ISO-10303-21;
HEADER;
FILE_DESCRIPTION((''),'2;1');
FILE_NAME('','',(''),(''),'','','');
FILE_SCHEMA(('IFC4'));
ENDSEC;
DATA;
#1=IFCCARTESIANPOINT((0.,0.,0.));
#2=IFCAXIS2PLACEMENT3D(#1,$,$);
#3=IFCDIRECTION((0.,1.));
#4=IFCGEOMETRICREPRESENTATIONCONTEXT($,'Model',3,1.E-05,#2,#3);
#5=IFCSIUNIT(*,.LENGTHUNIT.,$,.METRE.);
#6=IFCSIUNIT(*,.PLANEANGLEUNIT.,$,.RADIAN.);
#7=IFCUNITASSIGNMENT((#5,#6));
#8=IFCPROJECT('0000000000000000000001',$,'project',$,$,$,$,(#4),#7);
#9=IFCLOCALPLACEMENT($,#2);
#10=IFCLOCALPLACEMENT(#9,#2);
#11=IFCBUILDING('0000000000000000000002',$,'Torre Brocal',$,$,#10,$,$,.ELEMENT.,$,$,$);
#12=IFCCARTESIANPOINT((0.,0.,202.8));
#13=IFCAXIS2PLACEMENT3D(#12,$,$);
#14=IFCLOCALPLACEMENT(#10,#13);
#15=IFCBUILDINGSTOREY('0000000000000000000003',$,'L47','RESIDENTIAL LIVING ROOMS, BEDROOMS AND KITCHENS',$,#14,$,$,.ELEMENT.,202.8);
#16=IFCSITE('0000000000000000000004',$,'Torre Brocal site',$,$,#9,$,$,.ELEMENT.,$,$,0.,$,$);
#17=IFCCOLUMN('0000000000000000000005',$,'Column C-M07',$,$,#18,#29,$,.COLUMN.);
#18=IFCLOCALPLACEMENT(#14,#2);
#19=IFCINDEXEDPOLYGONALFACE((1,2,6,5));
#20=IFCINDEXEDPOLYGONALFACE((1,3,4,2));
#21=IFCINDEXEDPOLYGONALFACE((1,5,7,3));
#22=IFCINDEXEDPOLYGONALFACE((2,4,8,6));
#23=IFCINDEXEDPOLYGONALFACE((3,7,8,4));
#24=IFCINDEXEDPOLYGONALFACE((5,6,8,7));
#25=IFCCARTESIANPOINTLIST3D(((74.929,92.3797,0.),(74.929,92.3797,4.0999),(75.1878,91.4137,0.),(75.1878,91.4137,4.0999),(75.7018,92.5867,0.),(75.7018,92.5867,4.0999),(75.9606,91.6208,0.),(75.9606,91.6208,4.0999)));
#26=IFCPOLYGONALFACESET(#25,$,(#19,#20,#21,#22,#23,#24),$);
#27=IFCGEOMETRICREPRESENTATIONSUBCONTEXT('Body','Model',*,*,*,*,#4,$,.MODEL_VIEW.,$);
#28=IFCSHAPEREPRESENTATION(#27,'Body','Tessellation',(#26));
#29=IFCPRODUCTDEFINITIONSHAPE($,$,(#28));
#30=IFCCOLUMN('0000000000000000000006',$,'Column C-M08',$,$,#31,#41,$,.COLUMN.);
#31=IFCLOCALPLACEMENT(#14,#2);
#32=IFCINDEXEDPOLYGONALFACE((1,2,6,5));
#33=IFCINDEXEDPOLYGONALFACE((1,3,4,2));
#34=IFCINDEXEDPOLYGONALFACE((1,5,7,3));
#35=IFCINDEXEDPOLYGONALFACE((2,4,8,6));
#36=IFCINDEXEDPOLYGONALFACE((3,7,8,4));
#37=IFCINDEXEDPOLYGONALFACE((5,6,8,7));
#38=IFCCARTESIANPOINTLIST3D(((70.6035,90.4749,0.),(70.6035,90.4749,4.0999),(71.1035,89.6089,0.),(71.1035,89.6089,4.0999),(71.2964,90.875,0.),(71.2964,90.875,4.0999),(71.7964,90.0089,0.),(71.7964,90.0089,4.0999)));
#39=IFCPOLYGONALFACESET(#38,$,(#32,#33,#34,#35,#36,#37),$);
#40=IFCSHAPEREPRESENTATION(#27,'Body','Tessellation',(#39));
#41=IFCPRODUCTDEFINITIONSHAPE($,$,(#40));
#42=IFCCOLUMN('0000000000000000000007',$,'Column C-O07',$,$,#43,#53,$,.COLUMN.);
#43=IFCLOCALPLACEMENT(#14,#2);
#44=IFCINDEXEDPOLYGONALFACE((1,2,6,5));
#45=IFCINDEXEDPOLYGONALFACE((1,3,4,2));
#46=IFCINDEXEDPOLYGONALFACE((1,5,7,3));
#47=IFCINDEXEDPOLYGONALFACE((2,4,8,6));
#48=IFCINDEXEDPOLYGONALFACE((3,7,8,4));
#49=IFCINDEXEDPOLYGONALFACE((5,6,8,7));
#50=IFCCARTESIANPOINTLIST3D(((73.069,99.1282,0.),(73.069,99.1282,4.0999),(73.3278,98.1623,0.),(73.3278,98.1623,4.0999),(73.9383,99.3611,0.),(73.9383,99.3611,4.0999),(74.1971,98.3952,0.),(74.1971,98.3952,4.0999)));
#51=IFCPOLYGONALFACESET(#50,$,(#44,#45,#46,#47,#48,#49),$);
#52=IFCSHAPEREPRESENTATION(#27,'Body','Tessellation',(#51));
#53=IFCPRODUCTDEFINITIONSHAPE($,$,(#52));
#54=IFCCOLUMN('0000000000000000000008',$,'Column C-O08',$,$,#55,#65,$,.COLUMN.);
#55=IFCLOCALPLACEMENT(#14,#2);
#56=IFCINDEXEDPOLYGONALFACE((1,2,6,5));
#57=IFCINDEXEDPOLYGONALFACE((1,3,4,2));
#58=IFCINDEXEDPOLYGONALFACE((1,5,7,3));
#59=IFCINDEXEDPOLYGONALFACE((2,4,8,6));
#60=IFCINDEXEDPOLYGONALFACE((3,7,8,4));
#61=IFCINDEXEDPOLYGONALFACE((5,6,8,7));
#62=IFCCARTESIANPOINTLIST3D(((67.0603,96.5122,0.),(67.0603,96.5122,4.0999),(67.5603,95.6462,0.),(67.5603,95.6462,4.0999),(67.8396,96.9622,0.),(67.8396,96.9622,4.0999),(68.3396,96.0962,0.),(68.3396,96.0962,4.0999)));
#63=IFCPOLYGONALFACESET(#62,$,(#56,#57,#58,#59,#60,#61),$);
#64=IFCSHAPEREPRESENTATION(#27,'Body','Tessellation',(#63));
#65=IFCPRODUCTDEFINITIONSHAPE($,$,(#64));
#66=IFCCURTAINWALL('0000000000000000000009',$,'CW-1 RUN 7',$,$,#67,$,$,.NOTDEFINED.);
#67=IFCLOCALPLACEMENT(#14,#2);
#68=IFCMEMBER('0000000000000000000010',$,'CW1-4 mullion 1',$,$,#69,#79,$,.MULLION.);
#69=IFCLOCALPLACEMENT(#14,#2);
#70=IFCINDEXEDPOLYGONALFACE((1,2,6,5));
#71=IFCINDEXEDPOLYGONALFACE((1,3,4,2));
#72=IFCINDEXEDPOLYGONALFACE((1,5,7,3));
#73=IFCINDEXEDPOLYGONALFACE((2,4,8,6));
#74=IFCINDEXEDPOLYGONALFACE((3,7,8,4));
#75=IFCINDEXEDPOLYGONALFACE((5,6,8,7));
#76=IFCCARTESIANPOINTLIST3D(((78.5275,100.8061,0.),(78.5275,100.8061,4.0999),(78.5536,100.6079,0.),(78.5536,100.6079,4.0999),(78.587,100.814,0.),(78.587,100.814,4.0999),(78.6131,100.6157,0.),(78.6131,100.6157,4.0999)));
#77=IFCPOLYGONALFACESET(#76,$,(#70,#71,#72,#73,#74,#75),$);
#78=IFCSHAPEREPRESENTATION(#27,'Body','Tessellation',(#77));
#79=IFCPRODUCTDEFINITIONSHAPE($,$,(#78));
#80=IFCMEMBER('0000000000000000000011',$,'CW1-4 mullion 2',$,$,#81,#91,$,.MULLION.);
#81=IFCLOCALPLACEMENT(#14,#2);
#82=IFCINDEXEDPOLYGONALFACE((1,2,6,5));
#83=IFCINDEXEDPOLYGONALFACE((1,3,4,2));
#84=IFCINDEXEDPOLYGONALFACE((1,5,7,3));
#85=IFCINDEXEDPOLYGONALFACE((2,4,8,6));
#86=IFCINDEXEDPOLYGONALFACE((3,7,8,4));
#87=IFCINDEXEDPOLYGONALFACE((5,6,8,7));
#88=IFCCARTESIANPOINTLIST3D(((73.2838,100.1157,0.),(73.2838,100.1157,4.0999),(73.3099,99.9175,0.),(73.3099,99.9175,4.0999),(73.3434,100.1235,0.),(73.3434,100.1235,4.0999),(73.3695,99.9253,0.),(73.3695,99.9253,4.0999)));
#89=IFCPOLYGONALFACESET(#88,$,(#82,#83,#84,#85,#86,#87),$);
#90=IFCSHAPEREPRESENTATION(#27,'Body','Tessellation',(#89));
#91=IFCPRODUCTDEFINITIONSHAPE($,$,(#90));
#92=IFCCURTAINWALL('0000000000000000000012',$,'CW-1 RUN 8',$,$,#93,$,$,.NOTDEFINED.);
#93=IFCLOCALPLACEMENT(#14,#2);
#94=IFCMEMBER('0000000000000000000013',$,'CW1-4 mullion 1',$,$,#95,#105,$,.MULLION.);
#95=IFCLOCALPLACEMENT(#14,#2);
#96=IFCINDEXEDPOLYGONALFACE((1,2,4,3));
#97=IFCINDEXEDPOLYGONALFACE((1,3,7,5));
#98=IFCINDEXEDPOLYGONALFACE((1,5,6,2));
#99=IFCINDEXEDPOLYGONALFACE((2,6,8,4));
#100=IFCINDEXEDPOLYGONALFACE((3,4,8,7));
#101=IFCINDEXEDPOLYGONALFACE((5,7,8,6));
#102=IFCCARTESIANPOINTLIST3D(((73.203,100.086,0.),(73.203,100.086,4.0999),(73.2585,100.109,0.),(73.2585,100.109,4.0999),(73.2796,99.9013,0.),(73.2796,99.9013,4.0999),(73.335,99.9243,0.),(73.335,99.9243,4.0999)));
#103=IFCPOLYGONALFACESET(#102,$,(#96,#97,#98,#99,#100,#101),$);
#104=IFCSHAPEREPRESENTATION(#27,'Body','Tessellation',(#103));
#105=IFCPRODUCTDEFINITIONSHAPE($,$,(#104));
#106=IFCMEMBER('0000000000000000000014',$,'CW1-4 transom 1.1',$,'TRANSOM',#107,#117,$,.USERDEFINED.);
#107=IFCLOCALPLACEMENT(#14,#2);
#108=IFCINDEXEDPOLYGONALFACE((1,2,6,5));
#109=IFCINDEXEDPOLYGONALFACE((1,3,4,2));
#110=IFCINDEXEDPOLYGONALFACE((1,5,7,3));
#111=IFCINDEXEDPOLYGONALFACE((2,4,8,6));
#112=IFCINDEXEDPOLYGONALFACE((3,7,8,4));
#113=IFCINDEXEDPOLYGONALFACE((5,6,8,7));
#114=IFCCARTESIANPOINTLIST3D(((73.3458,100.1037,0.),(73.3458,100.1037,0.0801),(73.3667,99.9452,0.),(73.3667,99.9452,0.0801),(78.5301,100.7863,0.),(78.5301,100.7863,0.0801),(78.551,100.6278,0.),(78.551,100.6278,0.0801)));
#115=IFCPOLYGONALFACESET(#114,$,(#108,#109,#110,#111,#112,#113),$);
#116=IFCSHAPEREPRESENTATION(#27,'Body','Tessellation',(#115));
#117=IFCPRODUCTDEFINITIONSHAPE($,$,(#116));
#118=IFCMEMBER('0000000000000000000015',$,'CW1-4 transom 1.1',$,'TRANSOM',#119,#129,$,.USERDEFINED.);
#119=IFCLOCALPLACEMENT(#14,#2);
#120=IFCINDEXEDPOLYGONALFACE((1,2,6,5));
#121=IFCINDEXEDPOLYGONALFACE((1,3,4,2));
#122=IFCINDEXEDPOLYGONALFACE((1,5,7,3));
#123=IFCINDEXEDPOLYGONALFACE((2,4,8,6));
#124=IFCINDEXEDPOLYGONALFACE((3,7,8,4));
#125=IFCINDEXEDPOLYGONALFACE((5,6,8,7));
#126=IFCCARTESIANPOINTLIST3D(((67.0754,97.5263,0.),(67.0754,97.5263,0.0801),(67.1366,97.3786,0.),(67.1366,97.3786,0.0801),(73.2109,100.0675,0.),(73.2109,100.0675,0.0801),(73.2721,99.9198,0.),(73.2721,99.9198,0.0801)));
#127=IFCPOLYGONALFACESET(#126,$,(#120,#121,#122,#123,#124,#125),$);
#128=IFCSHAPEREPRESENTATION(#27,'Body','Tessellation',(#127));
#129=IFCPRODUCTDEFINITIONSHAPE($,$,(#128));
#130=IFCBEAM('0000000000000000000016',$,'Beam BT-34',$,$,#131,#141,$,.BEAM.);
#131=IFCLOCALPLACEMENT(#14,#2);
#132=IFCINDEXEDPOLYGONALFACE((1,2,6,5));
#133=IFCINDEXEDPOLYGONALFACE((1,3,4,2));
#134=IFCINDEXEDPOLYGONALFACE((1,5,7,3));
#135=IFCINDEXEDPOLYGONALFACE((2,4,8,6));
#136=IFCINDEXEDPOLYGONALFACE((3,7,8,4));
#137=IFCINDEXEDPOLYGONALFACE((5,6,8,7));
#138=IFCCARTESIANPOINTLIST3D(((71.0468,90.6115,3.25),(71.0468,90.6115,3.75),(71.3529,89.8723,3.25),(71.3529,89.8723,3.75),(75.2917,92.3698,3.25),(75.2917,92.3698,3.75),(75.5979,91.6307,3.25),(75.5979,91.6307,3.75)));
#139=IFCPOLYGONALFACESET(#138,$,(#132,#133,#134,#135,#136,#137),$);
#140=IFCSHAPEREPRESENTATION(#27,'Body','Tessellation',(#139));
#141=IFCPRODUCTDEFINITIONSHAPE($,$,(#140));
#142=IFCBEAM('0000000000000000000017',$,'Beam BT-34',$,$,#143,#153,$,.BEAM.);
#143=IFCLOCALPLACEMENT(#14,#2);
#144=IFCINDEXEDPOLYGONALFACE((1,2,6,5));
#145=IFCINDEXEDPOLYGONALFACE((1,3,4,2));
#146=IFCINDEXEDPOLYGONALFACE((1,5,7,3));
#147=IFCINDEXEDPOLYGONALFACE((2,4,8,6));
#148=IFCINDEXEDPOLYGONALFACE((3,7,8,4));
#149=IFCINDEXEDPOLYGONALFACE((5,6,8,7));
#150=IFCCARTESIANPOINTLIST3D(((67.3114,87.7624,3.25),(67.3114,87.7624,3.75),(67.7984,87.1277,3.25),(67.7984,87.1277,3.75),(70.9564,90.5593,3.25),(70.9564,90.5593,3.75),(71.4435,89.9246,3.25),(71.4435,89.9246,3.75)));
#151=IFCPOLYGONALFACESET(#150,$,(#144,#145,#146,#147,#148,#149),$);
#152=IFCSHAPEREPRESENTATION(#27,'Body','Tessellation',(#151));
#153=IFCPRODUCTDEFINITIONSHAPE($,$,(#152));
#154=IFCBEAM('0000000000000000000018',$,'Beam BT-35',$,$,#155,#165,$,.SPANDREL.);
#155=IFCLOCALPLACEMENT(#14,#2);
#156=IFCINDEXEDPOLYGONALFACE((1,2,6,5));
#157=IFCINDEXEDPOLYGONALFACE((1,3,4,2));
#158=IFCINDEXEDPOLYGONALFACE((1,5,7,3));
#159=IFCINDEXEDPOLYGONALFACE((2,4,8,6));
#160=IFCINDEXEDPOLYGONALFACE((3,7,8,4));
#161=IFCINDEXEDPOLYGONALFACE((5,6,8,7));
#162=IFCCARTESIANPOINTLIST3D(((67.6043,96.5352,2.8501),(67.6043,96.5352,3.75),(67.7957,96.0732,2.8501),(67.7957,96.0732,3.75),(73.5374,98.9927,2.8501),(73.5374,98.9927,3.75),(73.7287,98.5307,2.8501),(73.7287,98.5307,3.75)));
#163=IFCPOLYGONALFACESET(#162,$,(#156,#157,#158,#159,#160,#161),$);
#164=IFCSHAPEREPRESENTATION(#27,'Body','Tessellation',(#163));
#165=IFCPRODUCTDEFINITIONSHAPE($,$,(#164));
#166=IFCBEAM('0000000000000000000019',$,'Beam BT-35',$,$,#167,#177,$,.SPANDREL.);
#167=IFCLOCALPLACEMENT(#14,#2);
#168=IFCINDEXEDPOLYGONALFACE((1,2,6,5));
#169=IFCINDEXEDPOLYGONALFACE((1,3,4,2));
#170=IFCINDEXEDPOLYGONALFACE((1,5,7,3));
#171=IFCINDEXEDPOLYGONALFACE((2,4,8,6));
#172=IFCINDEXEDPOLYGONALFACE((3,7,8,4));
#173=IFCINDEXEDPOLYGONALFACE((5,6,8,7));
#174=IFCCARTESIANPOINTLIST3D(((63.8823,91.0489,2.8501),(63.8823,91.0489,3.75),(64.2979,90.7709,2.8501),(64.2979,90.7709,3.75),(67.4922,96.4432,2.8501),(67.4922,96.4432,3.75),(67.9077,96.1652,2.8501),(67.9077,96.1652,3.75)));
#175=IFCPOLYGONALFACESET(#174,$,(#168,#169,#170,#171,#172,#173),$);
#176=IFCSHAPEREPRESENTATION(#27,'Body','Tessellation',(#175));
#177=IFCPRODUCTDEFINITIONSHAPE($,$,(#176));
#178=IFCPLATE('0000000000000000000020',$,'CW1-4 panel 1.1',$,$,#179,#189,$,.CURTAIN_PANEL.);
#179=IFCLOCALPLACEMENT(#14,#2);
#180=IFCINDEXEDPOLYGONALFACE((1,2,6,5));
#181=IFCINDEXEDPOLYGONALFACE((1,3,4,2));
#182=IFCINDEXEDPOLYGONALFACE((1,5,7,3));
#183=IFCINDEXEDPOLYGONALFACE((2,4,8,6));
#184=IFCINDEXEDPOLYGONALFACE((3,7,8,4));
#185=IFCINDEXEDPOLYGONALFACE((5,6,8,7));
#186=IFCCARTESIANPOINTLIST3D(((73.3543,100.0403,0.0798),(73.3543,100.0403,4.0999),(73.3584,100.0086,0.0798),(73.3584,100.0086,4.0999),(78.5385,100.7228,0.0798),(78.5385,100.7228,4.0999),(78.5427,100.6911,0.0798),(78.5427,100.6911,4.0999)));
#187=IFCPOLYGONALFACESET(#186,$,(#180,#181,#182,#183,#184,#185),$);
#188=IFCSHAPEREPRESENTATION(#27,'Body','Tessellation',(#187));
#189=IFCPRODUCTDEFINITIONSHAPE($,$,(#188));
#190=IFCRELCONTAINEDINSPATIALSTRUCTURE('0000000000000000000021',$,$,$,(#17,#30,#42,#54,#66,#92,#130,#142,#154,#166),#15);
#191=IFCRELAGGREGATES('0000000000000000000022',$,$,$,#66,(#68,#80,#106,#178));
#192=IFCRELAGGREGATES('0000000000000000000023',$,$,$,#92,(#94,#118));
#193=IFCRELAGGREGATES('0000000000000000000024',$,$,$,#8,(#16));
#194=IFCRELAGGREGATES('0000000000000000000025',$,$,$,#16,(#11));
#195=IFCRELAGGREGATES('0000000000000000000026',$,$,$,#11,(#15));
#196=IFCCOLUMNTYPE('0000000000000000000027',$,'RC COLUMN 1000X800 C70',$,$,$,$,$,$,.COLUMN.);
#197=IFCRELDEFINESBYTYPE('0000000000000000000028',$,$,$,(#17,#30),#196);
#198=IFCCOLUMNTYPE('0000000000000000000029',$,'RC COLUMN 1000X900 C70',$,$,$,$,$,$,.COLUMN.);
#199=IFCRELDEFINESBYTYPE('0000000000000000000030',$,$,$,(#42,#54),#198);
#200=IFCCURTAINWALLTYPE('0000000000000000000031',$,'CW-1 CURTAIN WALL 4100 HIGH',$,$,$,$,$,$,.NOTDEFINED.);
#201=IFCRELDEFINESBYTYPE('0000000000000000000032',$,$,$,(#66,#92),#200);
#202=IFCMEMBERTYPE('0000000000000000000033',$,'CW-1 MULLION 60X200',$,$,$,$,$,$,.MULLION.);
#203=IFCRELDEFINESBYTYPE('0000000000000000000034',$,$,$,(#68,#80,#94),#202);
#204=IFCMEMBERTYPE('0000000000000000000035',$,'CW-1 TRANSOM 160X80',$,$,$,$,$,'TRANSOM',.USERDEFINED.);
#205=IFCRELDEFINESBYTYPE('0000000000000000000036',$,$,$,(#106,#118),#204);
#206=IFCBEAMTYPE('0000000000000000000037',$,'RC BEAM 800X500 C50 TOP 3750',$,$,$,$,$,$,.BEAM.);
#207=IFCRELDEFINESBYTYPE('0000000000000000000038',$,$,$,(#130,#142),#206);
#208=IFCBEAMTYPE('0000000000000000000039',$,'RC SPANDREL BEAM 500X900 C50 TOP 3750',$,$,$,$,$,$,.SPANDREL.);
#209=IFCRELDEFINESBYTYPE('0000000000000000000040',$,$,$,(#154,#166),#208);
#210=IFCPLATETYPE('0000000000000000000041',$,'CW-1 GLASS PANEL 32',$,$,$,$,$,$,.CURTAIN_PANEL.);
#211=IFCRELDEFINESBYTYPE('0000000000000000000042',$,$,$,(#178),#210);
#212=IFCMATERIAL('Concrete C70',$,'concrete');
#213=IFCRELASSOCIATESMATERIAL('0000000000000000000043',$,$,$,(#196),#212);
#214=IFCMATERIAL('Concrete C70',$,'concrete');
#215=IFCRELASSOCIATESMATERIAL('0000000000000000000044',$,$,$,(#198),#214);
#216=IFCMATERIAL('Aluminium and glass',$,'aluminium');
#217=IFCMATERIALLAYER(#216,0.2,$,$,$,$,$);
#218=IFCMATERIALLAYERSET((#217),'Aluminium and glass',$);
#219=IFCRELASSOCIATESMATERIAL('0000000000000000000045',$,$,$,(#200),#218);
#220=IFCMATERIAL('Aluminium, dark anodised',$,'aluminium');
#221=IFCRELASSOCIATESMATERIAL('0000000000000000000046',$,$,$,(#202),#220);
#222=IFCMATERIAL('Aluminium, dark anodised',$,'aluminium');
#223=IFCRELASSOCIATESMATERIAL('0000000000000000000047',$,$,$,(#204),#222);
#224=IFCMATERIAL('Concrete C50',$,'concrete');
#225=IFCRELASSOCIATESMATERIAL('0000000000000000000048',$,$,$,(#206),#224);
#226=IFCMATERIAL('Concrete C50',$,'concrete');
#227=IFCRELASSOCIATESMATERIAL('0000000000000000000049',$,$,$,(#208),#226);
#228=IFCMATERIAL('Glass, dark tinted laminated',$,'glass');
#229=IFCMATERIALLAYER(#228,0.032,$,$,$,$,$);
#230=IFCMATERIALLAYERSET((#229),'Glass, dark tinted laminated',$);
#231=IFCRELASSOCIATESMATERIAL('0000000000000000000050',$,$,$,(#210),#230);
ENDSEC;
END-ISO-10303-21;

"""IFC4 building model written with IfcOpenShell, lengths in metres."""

from ifc_helpers import new_model, si_unit, direction, frame, origin, origin_2d, place, context, subcontext, project, spatial, rectangle, extrude, material, layer, layer_set, material_profile, profile_set, type_object, element, aggregate, save


model = new_model("IFC4")

# Units and contexts
model_context = context("Model", 3, precision=1e-05, world=origin(), true_north=direction((0.0, 1.0)))
body_context = subcontext(model_context, "Body", "Model", "MODEL_VIEW")
ifc_project = project(units=[si_unit("LENGTHUNIT", "METRE"), si_unit("PLANEANGLEUNIT", "RADIAN")], contexts=[model_context])

# Site, building, storey
site_placement = place(None, origin())
site = spatial("IfcSite", under=ifc_project, at=site_placement, Name="Torre Brocal site", CompositionType="ELEMENT", RefElevation=0.0)
building_placement = place(site_placement, origin())
building = spatial("IfcBuilding", under=site, at=building_placement, Name="Torre Brocal", CompositionType="ELEMENT")
storey_placement = place(building_placement, frame((0.0, 0.0, 202.8)))
storey = spatial("IfcBuildingStorey", under=building, at=storey_placement, Name="L47", Description="RESIDENTIAL LIVING ROOMS, BEDROOMS AND KITCHENS", CompositionType="ELEMENT", Elevation=202.8)

# Columns
ifc_material_1 = material(Name="Concrete C70", Category="concrete")
ifc_material_profile_1 = material_profile(ifc_material_1, rectangle(XDim=1.0, YDim=0.8, at=origin_2d()), Name="RC 1000X800")
ifc_profile_set_1 = profile_set([ifc_material_profile_1], Name="Concrete C70")
column_type_1 = type_object("IfcColumnType", Name="RC COLUMN 1000X800 C70", PredefinedType="COLUMN", material=ifc_profile_set_1)
for number, where, z_axis, x_axis, name in (
    (1, (75.4448, 92.0002, 0.0), (0.0, 0.0, 1.0), (-0.258819, 0.965926, 0.0), "Column C-M07"),
    (2, (71.2, 90.2419, 0.0), (0.0, 0.0, 1.0), (-0.5, 0.866025, 0.0), "Column C-M08"),
):
    element("IfcColumn", number, at=place(storey_placement, frame(where, z_axis=z_axis, x_axis=x_axis)), inside=storey, type_object=column_type_1, Name=name, PredefinedType="COLUMN", context=body_context, shape_type="SweptSolid", body=[
        extrude(rectangle(XDim=1.0, YDim=0.8, at=origin_2d()), origin(), (0.0, 0.0, 1.0), 4.0999),
    ])
ifc_material_2 = material(Name="Concrete C70", Category="concrete")
ifc_material_profile_2 = material_profile(ifc_material_2, rectangle(XDim=1.0, YDim=0.8999, at=origin_2d()), Name="RC 1000X900")
ifc_profile_set_2 = profile_set([ifc_material_profile_2], Name="Concrete C70")
column_type_2 = type_object("IfcColumnType", Name="RC COLUMN 1000X900 C70", PredefinedType="COLUMN", material=ifc_profile_set_2)
for number, where, z_axis, x_axis, name in (
    (3, (73.6331, 98.7617, 0.0), (0.0, 0.0, 1.0), (-0.258819, 0.965926, 0.0), "Column C-O07"),
    (4, (67.7, 96.3042, 0.0), (0.0, 0.0, 1.0), (-0.5, 0.866025, 0.0), "Column C-O08"),
):
    element("IfcColumn", number, at=place(storey_placement, frame(where, z_axis=z_axis, x_axis=x_axis)), inside=storey, type_object=column_type_2, Name=name, PredefinedType="COLUMN", context=body_context, shape_type="SweptSolid", body=[
        extrude(rectangle(XDim=1.0, YDim=0.8999, at=origin_2d()), origin(), (0.0, 0.0, 1.0), 4.0999),
    ])

# Curtain wall, members
ifc_material_3 = material(Name="Aluminium and glass", Category="aluminium")
ifc_layer_1 = layer(ifc_material_3, 0.2)
ifc_layer_set_1 = layer_set([ifc_layer_1], Name="Aluminium and glass")
curtain_wall_type = type_object("IfcCurtainWallType", Name="CW-1 CURTAIN WALL 4100 HIGH", PredefinedType="NOTDEFINED", material=ifc_layer_set_1)
curtain_wall_1_placement = place(storey_placement, origin())
curtain_wall_1 = element("IfcCurtainWall", 5, at=curtain_wall_1_placement, inside=storey, type_object=curtain_wall_type, Name="CW-1 RUN 7", PredefinedType="NOTDEFINED")
ifc_material_4 = material(Name="Aluminium, dark anodised", Category="aluminium")
ifc_material_profile_3 = material_profile(ifc_material_4, rectangle(XDim=0.2, YDim=0.0601, at=origin_2d()), Name="CW-1 MULLION 60X200")
ifc_profile_set_3 = profile_set([ifc_material_profile_3], Name="Aluminium, dark anodised")
member_type_1 = type_object("IfcMemberType", Name="CW-1 MULLION 60X200", PredefinedType="MULLION", material=ifc_profile_set_3)
member_1_placement = place(storey_placement, frame((78.5703, 100.7109, 0.0), z_axis=(0.0, 0.0, 1.0), x_axis=(0.130526, -0.991445, 0.0)))
member_1 = element("IfcMember", 6, at=member_1_placement, type_object=member_type_1, Name="CW1-4 mullion 1", PredefinedType="MULLION", context=body_context, shape_type="SweptSolid", body=[
    extrude(rectangle(XDim=0.2, YDim=0.0601, at=origin_2d()), origin(), (0.0, 0.0, 1.0), 4.0999),
])
member_2_placement = place(storey_placement, frame((73.3267, 100.0205, 0.0), z_axis=(0.0, 0.0, 1.0), x_axis=(0.130526, -0.991445, 0.0)))
member_2 = element("IfcMember", 7, at=member_2_placement, type_object=member_type_1, Name="CW1-4 mullion 2", PredefinedType="MULLION", context=body_context, shape_type="SweptSolid", body=[
    extrude(rectangle(XDim=0.2, YDim=0.0601, at=origin_2d()), origin(), (0.0, 0.0, 1.0), 4.0999),
])

# Curtain wall, member
curtain_wall_2_placement = place(storey_placement, origin())
curtain_wall_2 = element("IfcCurtainWall", 8, at=curtain_wall_2_placement, inside=storey, type_object=curtain_wall_type, Name="CW-1 RUN 8", PredefinedType="NOTDEFINED")
member_3_placement = place(storey_placement, frame((73.269, 100.0051, 0.0), z_axis=(0.0, 0.0, 1.0), x_axis=(0.382683, -0.92388, 0.0)))
member_3 = element("IfcMember", 9, at=member_3_placement, type_object=member_type_1, Name="CW1-4 mullion 1", PredefinedType="MULLION", context=body_context, shape_type="SweptSolid", body=[
    extrude(rectangle(XDim=0.2, YDim=0.0601, at=origin_2d()), origin(), (0.0, 0.0, 1.0), 4.0999),
])

# Members
ifc_material_5 = material(Name="Aluminium, dark anodised", Category="aluminium")
ifc_material_profile_4 = material_profile(ifc_material_5, rectangle(XDim=0.1599, YDim=0.0801, at=origin_2d()), Name="CW-1 TRANSOM 160X80")
ifc_profile_set_4 = profile_set([ifc_material_profile_4], Name="Aluminium, dark anodised")
member_type_2 = type_object("IfcMemberType", Name="CW-1 TRANSOM 160X80", ElementType="TRANSOM", PredefinedType="USERDEFINED", material=ifc_profile_set_4)
member_4_placement = place(storey_placement, frame((78.5405, 100.707, 0.04), z_axis=(-0.991443, -0.130543, 0.0), x_axis=(0.130543, -0.991443, 0.0)))
member_4 = element("IfcMember", 10, at=member_4_placement, type_object=member_type_2, Name="CW1-4 transom 1.1", ObjectType="TRANSOM", PredefinedType="USERDEFINED", context=body_context, shape_type="SweptSolid", body=[
    extrude(rectangle(XDim=0.1599, YDim=0.0801, at=origin_2d()), origin(), (0.0, 0.0, 1.0), 5.229),
])
member_5_placement = place(storey_placement, frame((73.2415, 99.9937, 0.04), z_axis=(-0.923887, -0.382665, 0.0), x_axis=(0.382665, -0.923887, 0.0)))
member_5 = element("IfcMember", 11, at=member_5_placement, type_object=member_type_2, Name="CW1-4 transom 1.1", ObjectType="TRANSOM", PredefinedType="USERDEFINED", context=body_context, shape_type="SweptSolid", body=[
    extrude(rectangle(XDim=0.1599, YDim=0.0801, at=origin_2d()), origin(), (0.0, 0.0, 1.0), 6.6409),
])

# Beams
ifc_material_6 = material(Name="Concrete C50", Category="concrete")
ifc_material_profile_5 = material_profile(ifc_material_6, rectangle(XDim=0.8, YDim=0.5, at=origin_2d()), Name="RC 800X500")
ifc_profile_set_5 = profile_set([ifc_material_profile_5], Name="Concrete C50")
beam_type_1 = type_object("IfcBeamType", Name="RC BEAM 800X500 C50 TOP 3750", PredefinedType="BEAM", material=ifc_profile_set_5)
beam_1_placement = place(storey_placement, frame((75.4448, 92.0002, 3.5), z_axis=(-0.923878, -0.382687, 0.0), x_axis=(0.382687, -0.923878, 0.0)))
element("IfcBeam", 12, at=beam_1_placement, inside=storey, type_object=beam_type_1, Name="Beam BT-34", PredefinedType="BEAM", context=body_context, shape_type="SweptSolid", body=[
    extrude(rectangle(XDim=0.8, YDim=0.5, at=origin_2d()), origin(), (0.0, 0.0, 1.0), 4.5947),
])
beam_2_placement = place(storey_placement, frame((71.2, 90.2419, 3.5), z_axis=(-0.793358, -0.608755, 0.0), x_axis=(0.608755, -0.793358, 0.0)))
element("IfcBeam", 13, at=beam_2_placement, inside=storey, type_object=beam_type_1, Name="Beam BT-34", PredefinedType="BEAM", context=body_context, shape_type="SweptSolid", body=[
    extrude(rectangle(XDim=0.8, YDim=0.5, at=origin_2d()), origin(), (0.0, 0.0, 1.0), 4.5945),
])
ifc_material_7 = material(Name="Concrete C50", Category="concrete")
ifc_material_profile_6 = material_profile(ifc_material_7, rectangle(XDim=0.5, YDim=0.8999, at=origin_2d()), Name="RC 500X900")
ifc_profile_set_6 = profile_set([ifc_material_profile_6], Name="Concrete C50")
beam_type_2 = type_object("IfcBeamType", Name="RC SPANDREL BEAM 500X900 C50 TOP 3750", PredefinedType="SPANDREL", material=ifc_profile_set_6)
beam_3_placement = place(storey_placement, frame((73.6331, 98.7617, 3.3), z_axis=(-0.923882, -0.382676, 0.0), x_axis=(0.382676, -0.923882, 0.0)))
element("IfcBeam", 14, at=beam_3_placement, inside=storey, type_object=beam_type_2, Name="Beam BT-35", PredefinedType="SPANDREL", context=body_context, shape_type="SweptSolid", body=[
    extrude(rectangle(XDim=0.5, YDim=0.8999, at=origin_2d()), origin(), (0.0, 0.0, 1.0), 6.4219),
])
beam_4_placement = place(storey_placement, frame((67.7, 96.3042, 3.3), z_axis=(-0.556158, -0.831077, 0.0), x_axis=(0.831077, -0.556158, 0.0)))
element("IfcBeam", 15, at=beam_4_placement, inside=storey, type_object=beam_type_2, Name="Beam BT-35", PredefinedType="SPANDREL", context=body_context, shape_type="SweptSolid", body=[
    extrude(rectangle(XDim=0.5, YDim=0.8999, at=origin_2d()), origin(), (0.0, 0.0, 1.0), 6.4907),
])

# Plate
ifc_material_8 = material(Name="Glass, dark tinted laminated", Category="glass")
ifc_layer_2 = layer(ifc_material_8, 0.032)
ifc_layer_set_2 = layer_set([ifc_layer_2], Name="Glass, dark tinted laminated")
plate_type = type_object("IfcPlateType", Name="CW-1 GLASS PANEL 32", PredefinedType="CURTAIN_PANEL", material=ifc_layer_set_2)
plate_1_placement = place(storey_placement, frame((75.9485, 100.3657, 0.0798), z_axis=(0.0, 0.0, 1.0), x_axis=(-0.991445, -0.130526, 0.0)))
plate_1 = element("IfcPlate", 16, at=plate_1_placement, type_object=plate_type, Name="CW1-4 panel 1.1", PredefinedType="CURTAIN_PANEL", context=body_context, shape_type="SweptSolid", body=[
    extrude(rectangle(XDim=5.229, YDim=0.032, at=origin_2d()), origin(), (0.0, 0.0, 1.0), 4.02),
])
aggregate(curtain_wall_1, [member_1, member_2, member_4, plate_1])
aggregate(curtain_wall_2, [member_3, member_5])

save(model, "model.ifc")
